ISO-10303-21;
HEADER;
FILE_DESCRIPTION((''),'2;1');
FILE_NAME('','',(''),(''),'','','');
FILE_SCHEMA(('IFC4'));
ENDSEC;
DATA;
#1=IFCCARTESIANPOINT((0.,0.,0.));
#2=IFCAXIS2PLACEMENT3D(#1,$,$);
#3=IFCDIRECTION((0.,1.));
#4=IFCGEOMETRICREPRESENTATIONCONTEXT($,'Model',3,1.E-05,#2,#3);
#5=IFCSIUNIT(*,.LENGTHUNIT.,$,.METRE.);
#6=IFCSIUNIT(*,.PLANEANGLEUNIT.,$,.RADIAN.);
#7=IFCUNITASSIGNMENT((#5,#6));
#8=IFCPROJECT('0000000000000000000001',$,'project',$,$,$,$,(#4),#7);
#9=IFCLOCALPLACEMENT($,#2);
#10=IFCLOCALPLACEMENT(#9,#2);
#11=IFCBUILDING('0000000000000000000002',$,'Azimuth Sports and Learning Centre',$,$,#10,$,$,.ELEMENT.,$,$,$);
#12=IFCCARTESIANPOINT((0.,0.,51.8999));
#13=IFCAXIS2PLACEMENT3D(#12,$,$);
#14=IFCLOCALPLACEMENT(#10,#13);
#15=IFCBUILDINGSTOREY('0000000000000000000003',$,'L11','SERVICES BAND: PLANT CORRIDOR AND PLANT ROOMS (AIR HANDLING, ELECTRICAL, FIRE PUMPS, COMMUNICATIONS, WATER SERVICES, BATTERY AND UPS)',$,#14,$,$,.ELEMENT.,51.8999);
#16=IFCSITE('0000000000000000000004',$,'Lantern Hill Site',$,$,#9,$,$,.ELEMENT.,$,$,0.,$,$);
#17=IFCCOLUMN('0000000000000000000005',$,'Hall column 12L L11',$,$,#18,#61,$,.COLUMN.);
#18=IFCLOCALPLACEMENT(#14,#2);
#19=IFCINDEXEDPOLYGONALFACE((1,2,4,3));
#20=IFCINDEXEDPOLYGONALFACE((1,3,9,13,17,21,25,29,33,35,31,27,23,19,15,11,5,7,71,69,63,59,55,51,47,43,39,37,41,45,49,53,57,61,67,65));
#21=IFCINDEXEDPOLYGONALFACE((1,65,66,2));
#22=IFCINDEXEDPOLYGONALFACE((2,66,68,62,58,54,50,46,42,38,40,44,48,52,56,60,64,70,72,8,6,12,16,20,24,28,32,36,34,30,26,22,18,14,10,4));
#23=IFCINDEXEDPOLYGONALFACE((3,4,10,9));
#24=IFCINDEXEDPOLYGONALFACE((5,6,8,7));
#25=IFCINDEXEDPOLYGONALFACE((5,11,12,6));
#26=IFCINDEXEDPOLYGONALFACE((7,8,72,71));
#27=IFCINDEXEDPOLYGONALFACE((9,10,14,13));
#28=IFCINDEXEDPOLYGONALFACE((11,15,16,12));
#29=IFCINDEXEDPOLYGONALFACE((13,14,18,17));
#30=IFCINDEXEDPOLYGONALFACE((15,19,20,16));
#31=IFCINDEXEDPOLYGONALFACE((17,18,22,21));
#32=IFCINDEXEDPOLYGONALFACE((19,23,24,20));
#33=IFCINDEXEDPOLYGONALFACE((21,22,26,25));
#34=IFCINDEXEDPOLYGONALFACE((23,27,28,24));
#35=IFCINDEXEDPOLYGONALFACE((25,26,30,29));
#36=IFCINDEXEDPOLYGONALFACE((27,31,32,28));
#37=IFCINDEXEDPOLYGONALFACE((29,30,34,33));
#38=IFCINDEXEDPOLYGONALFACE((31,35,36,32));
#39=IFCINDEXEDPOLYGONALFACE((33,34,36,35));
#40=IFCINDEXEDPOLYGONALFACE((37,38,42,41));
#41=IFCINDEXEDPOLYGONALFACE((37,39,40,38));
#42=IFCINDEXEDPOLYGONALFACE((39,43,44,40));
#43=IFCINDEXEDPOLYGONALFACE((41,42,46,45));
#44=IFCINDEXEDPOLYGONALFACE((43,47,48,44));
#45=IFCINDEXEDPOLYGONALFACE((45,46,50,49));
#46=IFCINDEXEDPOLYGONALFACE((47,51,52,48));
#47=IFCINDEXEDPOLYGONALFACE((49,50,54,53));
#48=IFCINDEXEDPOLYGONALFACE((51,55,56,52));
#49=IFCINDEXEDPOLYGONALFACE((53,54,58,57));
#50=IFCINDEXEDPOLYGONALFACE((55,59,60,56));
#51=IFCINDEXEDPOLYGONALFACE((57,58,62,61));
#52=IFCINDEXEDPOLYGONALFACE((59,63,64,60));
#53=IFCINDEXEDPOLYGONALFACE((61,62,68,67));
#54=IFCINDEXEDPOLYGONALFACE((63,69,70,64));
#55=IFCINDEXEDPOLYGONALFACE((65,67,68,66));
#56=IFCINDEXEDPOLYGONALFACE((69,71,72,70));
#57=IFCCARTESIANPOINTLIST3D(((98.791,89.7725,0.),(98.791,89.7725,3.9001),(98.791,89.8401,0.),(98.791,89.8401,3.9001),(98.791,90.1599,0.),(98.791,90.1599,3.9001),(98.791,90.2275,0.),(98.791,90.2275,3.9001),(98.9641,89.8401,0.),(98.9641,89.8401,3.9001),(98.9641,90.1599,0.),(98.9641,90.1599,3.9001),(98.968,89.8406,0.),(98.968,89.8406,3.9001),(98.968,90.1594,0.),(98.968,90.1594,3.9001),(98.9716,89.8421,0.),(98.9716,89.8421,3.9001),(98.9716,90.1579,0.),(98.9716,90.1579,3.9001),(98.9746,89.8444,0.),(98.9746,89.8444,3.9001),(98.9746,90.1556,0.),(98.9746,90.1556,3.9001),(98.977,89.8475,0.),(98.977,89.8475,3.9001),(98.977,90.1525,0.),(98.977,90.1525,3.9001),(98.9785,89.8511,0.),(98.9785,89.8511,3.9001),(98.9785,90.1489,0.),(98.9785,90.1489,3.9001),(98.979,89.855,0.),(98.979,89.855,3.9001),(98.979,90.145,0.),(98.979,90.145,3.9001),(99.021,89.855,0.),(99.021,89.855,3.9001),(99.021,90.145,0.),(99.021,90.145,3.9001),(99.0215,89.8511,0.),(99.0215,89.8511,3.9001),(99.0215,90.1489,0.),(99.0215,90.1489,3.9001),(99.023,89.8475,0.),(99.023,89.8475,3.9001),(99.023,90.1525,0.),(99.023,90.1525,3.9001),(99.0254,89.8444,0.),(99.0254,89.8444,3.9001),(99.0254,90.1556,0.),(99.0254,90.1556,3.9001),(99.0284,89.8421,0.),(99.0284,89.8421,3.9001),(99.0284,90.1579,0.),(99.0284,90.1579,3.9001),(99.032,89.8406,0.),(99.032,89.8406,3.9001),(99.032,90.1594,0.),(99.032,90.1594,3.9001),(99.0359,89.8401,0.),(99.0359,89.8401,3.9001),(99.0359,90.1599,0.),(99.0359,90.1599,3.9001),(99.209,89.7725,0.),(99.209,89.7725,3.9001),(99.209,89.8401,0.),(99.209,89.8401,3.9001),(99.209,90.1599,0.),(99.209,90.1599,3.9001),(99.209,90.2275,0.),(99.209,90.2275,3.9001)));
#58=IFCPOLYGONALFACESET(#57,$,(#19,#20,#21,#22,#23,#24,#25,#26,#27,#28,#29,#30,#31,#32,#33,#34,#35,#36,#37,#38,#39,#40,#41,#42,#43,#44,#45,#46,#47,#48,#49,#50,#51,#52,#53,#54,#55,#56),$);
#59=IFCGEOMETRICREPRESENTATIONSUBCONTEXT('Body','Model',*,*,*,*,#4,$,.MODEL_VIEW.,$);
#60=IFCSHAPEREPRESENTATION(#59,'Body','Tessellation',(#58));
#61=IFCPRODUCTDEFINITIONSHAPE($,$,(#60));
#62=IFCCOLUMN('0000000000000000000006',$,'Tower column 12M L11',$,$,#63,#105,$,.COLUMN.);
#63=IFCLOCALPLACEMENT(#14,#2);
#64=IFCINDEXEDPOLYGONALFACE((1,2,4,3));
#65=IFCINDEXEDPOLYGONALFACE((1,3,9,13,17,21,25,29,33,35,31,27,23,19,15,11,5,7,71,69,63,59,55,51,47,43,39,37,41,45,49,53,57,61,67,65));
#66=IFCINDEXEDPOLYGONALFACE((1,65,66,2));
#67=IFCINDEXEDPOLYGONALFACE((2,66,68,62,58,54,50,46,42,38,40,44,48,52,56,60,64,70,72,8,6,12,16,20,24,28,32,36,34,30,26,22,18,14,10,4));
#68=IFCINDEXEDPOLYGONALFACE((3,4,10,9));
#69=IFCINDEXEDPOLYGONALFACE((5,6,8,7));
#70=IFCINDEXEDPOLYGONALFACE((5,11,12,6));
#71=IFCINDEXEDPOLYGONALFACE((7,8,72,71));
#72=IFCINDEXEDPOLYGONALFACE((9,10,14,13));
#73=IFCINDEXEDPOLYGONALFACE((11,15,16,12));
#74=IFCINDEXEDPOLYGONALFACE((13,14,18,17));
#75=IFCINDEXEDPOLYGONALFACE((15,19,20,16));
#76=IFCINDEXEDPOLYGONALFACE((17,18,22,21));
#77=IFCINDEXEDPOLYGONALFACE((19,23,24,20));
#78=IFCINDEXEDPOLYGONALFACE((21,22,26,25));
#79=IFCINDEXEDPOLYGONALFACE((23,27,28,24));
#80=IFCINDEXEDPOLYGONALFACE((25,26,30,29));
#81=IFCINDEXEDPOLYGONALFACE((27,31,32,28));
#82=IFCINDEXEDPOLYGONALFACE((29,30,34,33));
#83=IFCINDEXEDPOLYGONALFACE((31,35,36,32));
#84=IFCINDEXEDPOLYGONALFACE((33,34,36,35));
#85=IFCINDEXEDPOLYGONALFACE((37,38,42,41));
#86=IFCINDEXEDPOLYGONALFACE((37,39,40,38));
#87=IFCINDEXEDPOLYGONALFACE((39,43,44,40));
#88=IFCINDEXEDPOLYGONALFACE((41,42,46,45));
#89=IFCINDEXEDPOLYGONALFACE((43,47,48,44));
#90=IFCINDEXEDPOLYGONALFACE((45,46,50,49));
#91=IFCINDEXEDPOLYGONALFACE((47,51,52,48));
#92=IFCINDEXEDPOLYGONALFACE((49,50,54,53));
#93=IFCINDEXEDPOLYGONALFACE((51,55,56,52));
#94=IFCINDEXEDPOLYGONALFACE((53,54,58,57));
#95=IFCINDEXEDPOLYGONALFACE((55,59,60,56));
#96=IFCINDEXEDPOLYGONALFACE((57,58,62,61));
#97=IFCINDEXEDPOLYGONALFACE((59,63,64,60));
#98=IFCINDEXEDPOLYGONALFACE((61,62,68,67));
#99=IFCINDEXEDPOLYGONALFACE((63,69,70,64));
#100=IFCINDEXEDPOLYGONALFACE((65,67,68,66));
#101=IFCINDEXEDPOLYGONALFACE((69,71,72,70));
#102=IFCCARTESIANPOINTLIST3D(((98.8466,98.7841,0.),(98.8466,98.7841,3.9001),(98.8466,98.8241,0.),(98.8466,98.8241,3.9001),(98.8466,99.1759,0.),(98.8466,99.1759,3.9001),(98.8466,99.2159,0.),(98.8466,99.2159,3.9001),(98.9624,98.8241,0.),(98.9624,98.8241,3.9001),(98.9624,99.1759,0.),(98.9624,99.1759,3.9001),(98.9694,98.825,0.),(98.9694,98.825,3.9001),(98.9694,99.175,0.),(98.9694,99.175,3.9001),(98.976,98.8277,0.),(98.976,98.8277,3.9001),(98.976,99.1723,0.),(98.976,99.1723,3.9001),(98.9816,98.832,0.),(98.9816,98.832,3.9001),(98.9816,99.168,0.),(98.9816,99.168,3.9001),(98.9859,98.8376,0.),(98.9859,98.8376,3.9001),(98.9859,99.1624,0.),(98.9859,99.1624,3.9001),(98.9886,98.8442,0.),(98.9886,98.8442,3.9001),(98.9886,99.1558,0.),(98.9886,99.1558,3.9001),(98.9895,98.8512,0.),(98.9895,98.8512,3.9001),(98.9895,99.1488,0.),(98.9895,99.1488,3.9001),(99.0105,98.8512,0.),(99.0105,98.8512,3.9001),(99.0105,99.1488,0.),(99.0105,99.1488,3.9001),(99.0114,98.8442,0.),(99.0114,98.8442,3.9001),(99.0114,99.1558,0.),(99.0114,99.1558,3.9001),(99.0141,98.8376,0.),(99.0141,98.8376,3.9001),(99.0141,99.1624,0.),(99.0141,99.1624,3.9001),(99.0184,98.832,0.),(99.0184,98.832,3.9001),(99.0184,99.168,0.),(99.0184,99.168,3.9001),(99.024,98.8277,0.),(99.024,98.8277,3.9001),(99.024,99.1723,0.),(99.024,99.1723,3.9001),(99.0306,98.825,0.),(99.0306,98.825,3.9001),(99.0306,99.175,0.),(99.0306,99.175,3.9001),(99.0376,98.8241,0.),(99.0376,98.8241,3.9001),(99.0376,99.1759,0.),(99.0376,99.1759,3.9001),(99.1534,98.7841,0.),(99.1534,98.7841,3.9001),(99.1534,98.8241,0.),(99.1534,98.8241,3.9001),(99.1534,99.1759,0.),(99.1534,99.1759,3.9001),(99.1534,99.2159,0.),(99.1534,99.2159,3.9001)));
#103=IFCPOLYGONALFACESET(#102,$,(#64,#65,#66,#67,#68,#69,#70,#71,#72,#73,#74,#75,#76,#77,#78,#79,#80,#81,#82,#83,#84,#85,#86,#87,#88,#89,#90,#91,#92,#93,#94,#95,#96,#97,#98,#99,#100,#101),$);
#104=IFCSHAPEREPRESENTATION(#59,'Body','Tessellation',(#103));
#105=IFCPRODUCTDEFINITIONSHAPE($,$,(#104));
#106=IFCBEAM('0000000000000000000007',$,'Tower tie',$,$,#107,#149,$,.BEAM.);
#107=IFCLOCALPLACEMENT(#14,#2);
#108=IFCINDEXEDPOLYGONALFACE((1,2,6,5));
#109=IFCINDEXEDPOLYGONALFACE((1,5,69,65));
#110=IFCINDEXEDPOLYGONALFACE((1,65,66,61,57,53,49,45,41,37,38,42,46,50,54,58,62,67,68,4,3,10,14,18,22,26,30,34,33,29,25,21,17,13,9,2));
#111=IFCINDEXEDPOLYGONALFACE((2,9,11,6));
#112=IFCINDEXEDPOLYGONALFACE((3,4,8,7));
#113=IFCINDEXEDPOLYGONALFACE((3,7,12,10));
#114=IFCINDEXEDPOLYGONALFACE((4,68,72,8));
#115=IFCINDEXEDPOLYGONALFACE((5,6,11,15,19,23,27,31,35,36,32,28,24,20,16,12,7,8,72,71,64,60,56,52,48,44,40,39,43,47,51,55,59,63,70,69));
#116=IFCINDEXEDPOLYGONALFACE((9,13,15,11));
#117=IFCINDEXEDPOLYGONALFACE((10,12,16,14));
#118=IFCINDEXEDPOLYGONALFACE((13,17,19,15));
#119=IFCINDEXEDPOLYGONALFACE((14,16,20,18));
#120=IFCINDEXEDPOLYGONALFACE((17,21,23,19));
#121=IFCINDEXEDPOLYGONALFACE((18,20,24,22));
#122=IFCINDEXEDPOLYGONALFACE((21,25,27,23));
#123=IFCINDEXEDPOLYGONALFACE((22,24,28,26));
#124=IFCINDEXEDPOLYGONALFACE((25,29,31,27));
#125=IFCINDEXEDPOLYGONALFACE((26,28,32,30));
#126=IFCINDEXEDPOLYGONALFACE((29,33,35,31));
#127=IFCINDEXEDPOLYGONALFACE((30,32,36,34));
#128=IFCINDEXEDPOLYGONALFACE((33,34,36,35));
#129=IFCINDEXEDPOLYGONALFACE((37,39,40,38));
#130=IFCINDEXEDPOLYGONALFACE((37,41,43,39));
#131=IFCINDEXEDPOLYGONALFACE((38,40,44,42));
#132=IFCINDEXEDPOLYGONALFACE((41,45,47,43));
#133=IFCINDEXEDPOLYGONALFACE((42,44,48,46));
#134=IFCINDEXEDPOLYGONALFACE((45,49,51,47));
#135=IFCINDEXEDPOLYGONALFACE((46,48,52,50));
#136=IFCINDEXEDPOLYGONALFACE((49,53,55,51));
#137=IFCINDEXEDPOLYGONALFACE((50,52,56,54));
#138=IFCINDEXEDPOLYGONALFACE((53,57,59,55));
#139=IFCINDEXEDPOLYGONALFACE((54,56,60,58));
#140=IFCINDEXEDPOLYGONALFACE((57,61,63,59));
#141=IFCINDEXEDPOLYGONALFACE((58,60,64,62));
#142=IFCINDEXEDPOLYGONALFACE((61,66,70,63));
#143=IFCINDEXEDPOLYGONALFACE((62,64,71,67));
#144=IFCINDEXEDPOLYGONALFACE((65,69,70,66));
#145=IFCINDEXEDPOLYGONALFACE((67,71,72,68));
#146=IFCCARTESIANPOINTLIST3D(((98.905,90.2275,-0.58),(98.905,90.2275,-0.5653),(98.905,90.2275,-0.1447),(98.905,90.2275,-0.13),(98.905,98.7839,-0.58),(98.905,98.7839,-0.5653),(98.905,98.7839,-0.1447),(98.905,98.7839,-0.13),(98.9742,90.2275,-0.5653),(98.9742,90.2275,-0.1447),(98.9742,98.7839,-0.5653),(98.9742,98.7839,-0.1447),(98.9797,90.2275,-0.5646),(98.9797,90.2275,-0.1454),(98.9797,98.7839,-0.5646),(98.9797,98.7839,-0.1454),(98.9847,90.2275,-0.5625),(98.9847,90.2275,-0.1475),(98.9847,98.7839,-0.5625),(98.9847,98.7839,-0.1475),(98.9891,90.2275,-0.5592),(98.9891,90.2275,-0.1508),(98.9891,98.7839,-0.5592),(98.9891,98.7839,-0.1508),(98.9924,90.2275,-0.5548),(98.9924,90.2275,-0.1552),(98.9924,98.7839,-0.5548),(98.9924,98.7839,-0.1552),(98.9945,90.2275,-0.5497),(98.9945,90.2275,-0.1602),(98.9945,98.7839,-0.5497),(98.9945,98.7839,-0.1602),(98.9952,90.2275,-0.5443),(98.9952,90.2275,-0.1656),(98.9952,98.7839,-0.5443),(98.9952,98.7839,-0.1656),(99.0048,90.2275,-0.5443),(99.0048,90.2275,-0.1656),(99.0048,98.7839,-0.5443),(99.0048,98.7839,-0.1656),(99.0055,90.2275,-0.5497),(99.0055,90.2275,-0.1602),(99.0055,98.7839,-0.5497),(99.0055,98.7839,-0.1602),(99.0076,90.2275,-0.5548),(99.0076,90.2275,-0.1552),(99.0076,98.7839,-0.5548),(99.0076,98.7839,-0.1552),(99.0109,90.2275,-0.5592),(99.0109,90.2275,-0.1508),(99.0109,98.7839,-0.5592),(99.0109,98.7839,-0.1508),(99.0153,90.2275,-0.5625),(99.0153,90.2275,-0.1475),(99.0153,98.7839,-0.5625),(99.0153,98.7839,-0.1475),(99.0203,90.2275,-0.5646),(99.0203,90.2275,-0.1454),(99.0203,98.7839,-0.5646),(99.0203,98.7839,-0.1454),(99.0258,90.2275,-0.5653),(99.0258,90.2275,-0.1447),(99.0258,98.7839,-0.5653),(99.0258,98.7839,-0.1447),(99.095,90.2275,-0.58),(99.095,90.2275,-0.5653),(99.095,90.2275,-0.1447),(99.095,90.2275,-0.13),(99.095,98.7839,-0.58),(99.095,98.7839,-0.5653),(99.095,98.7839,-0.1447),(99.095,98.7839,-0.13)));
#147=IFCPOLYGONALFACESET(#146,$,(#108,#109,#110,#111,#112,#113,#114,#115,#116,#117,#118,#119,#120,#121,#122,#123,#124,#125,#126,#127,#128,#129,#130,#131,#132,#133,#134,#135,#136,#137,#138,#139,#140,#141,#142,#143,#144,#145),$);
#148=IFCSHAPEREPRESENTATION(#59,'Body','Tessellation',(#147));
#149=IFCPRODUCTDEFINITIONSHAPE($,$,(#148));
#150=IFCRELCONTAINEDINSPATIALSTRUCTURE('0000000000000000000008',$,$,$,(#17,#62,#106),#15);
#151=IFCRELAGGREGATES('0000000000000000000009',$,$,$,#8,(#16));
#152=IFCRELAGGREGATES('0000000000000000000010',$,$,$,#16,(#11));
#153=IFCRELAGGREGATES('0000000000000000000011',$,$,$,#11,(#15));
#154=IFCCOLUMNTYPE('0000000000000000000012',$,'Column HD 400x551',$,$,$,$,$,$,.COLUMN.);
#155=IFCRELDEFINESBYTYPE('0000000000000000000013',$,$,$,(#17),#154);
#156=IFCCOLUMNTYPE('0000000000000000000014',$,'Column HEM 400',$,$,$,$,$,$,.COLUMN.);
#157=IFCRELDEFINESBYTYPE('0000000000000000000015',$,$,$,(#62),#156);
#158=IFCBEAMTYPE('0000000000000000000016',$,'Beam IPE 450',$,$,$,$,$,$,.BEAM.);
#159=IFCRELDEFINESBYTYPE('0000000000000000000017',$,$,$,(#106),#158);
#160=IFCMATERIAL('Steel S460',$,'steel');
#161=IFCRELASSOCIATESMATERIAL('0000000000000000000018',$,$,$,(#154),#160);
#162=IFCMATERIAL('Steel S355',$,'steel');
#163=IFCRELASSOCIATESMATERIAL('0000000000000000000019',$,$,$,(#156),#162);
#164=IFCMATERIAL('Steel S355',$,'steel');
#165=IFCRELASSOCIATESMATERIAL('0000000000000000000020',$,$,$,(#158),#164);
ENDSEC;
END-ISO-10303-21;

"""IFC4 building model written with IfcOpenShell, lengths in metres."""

from ifc_helpers import new_model, si_unit, direction, frame, origin, origin_2d, place, context, subcontext, project, spatial, i_section, extrude, material, material_profile, profile_set, type_object, element, save


model = new_model("IFC4")

# Units and contexts
model_context = context("Model", 3, precision=1e-05, world=origin(), true_north=direction((0.0, 1.0)))
body_context = subcontext(model_context, "Body", "Model", "MODEL_VIEW")
ifc_project = project(units=[si_unit("LENGTHUNIT", "METRE"), si_unit("PLANEANGLEUNIT", "RADIAN")], contexts=[model_context])

# Site, building, storey
site_placement = place(None, origin())
site = spatial("IfcSite", under=ifc_project, at=site_placement, Name="Lantern Hill Site", CompositionType="ELEMENT", RefElevation=0.0)
building_placement = place(site_placement, origin())
building = spatial("IfcBuilding", under=site, at=building_placement, Name="Azimuth Sports and Learning Centre", CompositionType="ELEMENT")
storey_placement = place(building_placement, frame((0.0, 0.0, 51.8999)))
storey = spatial("IfcBuildingStorey", under=building, at=storey_placement, Name="L11", Description="SERVICES BAND: PLANT CORRIDOR AND PLANT ROOMS (AIR HANDLING, ELECTRICAL, FIRE PUMPS, COMMUNICATIONS, WATER SERVICES, BATTERY AND UPS)", CompositionType="ELEMENT", Elevation=51.8999)

# Columns
ifc_material_1 = material(Name="Steel S460", Category="steel")
ifc_material_profile_1 = material_profile(ifc_material_1, i_section(OverallWidth=0.418, OverallDepth=0.4551, WebThickness=0.042, FlangeThickness=0.0676, FilletRadius=0.0149, at=origin_2d()), Name="HD 400x551")
ifc_profile_set_1 = profile_set([ifc_material_profile_1], Name="Steel S460")
column_type_1 = type_object("IfcColumnType", Name="Column HD 400x551", PredefinedType="COLUMN", material=ifc_profile_set_1)
column_1_placement = place(storey_placement, frame((99.0, 90.0, 0.0), z_axis=(0.0, 0.0, 1.0), x_axis=(1.0, 0.0, 0.0)))
element("IfcColumn", 1, at=column_1_placement, inside=storey, type_object=column_type_1, Name="Hall column 12L L11", PredefinedType="COLUMN", context=body_context, shape_type="SweptSolid", body=[
    extrude(i_section(OverallWidth=0.418, OverallDepth=0.4551, WebThickness=0.042, FlangeThickness=0.0676, FilletRadius=0.0149, at=origin_2d()), origin(), (0.0, 0.0, 1.0), 3.9001),
])
ifc_material_2 = material(Name="Steel S355", Category="steel")
ifc_material_profile_2 = material_profile(ifc_material_2, i_section(OverallWidth=0.3069, OverallDepth=0.4319, WebThickness=0.021, FlangeThickness=0.04, FilletRadius=0.0271, at=origin_2d()), Name="HEM 400")
ifc_profile_set_2 = profile_set([ifc_material_profile_2], Name="Steel S355")
column_type_2 = type_object("IfcColumnType", Name="Column HEM 400", PredefinedType="COLUMN", material=ifc_profile_set_2)
column_2_placement = place(storey_placement, frame((99.0, 99.0, 0.0), z_axis=(0.0, 0.0, 1.0), x_axis=(1.0, 0.0, 0.0)))
element("IfcColumn", 2, at=column_2_placement, inside=storey, type_object=column_type_2, Name="Tower column 12M L11", PredefinedType="COLUMN", context=body_context, shape_type="SweptSolid", body=[
    extrude(i_section(OverallWidth=0.3069, OverallDepth=0.4319, WebThickness=0.021, FlangeThickness=0.04, FilletRadius=0.0271, at=origin_2d()), origin(), (0.0, 0.0, 1.0), 3.9001),
])

# Beam
ifc_material_3 = material(Name="Steel S355", Category="steel")
ifc_material_profile_3 = material_profile(ifc_material_3, i_section(OverallWidth=0.1899, OverallDepth=0.45, WebThickness=0.0095, FlangeThickness=0.0146, FilletRadius=0.021, at=origin_2d()), Name="IPE 450")
ifc_profile_set_3 = profile_set([ifc_material_profile_3], Name="Steel S355")
beam_type_1 = type_object("IfcBeamType", Name="Beam IPE 450", PredefinedType="BEAM", material=ifc_profile_set_3)
beam_1_placement = place(storey_placement, frame((99.0, 90.2275, -0.355), z_axis=(0.0, 1.0, 0.0), x_axis=(-1.0, 0.0, 0.0)))
element("IfcBeam", 3, at=beam_1_placement, inside=storey, type_object=beam_type_1, Name="Tower tie", PredefinedType="BEAM", context=body_context, shape_type="SweptSolid", body=[
    extrude(i_section(OverallWidth=0.1899, OverallDepth=0.45, WebThickness=0.0095, FlangeThickness=0.0146, FilletRadius=0.021, at=origin_2d()), origin(), (0.0, 0.0, 1.0), 8.5564),
])

save(model, "model.ifc")
